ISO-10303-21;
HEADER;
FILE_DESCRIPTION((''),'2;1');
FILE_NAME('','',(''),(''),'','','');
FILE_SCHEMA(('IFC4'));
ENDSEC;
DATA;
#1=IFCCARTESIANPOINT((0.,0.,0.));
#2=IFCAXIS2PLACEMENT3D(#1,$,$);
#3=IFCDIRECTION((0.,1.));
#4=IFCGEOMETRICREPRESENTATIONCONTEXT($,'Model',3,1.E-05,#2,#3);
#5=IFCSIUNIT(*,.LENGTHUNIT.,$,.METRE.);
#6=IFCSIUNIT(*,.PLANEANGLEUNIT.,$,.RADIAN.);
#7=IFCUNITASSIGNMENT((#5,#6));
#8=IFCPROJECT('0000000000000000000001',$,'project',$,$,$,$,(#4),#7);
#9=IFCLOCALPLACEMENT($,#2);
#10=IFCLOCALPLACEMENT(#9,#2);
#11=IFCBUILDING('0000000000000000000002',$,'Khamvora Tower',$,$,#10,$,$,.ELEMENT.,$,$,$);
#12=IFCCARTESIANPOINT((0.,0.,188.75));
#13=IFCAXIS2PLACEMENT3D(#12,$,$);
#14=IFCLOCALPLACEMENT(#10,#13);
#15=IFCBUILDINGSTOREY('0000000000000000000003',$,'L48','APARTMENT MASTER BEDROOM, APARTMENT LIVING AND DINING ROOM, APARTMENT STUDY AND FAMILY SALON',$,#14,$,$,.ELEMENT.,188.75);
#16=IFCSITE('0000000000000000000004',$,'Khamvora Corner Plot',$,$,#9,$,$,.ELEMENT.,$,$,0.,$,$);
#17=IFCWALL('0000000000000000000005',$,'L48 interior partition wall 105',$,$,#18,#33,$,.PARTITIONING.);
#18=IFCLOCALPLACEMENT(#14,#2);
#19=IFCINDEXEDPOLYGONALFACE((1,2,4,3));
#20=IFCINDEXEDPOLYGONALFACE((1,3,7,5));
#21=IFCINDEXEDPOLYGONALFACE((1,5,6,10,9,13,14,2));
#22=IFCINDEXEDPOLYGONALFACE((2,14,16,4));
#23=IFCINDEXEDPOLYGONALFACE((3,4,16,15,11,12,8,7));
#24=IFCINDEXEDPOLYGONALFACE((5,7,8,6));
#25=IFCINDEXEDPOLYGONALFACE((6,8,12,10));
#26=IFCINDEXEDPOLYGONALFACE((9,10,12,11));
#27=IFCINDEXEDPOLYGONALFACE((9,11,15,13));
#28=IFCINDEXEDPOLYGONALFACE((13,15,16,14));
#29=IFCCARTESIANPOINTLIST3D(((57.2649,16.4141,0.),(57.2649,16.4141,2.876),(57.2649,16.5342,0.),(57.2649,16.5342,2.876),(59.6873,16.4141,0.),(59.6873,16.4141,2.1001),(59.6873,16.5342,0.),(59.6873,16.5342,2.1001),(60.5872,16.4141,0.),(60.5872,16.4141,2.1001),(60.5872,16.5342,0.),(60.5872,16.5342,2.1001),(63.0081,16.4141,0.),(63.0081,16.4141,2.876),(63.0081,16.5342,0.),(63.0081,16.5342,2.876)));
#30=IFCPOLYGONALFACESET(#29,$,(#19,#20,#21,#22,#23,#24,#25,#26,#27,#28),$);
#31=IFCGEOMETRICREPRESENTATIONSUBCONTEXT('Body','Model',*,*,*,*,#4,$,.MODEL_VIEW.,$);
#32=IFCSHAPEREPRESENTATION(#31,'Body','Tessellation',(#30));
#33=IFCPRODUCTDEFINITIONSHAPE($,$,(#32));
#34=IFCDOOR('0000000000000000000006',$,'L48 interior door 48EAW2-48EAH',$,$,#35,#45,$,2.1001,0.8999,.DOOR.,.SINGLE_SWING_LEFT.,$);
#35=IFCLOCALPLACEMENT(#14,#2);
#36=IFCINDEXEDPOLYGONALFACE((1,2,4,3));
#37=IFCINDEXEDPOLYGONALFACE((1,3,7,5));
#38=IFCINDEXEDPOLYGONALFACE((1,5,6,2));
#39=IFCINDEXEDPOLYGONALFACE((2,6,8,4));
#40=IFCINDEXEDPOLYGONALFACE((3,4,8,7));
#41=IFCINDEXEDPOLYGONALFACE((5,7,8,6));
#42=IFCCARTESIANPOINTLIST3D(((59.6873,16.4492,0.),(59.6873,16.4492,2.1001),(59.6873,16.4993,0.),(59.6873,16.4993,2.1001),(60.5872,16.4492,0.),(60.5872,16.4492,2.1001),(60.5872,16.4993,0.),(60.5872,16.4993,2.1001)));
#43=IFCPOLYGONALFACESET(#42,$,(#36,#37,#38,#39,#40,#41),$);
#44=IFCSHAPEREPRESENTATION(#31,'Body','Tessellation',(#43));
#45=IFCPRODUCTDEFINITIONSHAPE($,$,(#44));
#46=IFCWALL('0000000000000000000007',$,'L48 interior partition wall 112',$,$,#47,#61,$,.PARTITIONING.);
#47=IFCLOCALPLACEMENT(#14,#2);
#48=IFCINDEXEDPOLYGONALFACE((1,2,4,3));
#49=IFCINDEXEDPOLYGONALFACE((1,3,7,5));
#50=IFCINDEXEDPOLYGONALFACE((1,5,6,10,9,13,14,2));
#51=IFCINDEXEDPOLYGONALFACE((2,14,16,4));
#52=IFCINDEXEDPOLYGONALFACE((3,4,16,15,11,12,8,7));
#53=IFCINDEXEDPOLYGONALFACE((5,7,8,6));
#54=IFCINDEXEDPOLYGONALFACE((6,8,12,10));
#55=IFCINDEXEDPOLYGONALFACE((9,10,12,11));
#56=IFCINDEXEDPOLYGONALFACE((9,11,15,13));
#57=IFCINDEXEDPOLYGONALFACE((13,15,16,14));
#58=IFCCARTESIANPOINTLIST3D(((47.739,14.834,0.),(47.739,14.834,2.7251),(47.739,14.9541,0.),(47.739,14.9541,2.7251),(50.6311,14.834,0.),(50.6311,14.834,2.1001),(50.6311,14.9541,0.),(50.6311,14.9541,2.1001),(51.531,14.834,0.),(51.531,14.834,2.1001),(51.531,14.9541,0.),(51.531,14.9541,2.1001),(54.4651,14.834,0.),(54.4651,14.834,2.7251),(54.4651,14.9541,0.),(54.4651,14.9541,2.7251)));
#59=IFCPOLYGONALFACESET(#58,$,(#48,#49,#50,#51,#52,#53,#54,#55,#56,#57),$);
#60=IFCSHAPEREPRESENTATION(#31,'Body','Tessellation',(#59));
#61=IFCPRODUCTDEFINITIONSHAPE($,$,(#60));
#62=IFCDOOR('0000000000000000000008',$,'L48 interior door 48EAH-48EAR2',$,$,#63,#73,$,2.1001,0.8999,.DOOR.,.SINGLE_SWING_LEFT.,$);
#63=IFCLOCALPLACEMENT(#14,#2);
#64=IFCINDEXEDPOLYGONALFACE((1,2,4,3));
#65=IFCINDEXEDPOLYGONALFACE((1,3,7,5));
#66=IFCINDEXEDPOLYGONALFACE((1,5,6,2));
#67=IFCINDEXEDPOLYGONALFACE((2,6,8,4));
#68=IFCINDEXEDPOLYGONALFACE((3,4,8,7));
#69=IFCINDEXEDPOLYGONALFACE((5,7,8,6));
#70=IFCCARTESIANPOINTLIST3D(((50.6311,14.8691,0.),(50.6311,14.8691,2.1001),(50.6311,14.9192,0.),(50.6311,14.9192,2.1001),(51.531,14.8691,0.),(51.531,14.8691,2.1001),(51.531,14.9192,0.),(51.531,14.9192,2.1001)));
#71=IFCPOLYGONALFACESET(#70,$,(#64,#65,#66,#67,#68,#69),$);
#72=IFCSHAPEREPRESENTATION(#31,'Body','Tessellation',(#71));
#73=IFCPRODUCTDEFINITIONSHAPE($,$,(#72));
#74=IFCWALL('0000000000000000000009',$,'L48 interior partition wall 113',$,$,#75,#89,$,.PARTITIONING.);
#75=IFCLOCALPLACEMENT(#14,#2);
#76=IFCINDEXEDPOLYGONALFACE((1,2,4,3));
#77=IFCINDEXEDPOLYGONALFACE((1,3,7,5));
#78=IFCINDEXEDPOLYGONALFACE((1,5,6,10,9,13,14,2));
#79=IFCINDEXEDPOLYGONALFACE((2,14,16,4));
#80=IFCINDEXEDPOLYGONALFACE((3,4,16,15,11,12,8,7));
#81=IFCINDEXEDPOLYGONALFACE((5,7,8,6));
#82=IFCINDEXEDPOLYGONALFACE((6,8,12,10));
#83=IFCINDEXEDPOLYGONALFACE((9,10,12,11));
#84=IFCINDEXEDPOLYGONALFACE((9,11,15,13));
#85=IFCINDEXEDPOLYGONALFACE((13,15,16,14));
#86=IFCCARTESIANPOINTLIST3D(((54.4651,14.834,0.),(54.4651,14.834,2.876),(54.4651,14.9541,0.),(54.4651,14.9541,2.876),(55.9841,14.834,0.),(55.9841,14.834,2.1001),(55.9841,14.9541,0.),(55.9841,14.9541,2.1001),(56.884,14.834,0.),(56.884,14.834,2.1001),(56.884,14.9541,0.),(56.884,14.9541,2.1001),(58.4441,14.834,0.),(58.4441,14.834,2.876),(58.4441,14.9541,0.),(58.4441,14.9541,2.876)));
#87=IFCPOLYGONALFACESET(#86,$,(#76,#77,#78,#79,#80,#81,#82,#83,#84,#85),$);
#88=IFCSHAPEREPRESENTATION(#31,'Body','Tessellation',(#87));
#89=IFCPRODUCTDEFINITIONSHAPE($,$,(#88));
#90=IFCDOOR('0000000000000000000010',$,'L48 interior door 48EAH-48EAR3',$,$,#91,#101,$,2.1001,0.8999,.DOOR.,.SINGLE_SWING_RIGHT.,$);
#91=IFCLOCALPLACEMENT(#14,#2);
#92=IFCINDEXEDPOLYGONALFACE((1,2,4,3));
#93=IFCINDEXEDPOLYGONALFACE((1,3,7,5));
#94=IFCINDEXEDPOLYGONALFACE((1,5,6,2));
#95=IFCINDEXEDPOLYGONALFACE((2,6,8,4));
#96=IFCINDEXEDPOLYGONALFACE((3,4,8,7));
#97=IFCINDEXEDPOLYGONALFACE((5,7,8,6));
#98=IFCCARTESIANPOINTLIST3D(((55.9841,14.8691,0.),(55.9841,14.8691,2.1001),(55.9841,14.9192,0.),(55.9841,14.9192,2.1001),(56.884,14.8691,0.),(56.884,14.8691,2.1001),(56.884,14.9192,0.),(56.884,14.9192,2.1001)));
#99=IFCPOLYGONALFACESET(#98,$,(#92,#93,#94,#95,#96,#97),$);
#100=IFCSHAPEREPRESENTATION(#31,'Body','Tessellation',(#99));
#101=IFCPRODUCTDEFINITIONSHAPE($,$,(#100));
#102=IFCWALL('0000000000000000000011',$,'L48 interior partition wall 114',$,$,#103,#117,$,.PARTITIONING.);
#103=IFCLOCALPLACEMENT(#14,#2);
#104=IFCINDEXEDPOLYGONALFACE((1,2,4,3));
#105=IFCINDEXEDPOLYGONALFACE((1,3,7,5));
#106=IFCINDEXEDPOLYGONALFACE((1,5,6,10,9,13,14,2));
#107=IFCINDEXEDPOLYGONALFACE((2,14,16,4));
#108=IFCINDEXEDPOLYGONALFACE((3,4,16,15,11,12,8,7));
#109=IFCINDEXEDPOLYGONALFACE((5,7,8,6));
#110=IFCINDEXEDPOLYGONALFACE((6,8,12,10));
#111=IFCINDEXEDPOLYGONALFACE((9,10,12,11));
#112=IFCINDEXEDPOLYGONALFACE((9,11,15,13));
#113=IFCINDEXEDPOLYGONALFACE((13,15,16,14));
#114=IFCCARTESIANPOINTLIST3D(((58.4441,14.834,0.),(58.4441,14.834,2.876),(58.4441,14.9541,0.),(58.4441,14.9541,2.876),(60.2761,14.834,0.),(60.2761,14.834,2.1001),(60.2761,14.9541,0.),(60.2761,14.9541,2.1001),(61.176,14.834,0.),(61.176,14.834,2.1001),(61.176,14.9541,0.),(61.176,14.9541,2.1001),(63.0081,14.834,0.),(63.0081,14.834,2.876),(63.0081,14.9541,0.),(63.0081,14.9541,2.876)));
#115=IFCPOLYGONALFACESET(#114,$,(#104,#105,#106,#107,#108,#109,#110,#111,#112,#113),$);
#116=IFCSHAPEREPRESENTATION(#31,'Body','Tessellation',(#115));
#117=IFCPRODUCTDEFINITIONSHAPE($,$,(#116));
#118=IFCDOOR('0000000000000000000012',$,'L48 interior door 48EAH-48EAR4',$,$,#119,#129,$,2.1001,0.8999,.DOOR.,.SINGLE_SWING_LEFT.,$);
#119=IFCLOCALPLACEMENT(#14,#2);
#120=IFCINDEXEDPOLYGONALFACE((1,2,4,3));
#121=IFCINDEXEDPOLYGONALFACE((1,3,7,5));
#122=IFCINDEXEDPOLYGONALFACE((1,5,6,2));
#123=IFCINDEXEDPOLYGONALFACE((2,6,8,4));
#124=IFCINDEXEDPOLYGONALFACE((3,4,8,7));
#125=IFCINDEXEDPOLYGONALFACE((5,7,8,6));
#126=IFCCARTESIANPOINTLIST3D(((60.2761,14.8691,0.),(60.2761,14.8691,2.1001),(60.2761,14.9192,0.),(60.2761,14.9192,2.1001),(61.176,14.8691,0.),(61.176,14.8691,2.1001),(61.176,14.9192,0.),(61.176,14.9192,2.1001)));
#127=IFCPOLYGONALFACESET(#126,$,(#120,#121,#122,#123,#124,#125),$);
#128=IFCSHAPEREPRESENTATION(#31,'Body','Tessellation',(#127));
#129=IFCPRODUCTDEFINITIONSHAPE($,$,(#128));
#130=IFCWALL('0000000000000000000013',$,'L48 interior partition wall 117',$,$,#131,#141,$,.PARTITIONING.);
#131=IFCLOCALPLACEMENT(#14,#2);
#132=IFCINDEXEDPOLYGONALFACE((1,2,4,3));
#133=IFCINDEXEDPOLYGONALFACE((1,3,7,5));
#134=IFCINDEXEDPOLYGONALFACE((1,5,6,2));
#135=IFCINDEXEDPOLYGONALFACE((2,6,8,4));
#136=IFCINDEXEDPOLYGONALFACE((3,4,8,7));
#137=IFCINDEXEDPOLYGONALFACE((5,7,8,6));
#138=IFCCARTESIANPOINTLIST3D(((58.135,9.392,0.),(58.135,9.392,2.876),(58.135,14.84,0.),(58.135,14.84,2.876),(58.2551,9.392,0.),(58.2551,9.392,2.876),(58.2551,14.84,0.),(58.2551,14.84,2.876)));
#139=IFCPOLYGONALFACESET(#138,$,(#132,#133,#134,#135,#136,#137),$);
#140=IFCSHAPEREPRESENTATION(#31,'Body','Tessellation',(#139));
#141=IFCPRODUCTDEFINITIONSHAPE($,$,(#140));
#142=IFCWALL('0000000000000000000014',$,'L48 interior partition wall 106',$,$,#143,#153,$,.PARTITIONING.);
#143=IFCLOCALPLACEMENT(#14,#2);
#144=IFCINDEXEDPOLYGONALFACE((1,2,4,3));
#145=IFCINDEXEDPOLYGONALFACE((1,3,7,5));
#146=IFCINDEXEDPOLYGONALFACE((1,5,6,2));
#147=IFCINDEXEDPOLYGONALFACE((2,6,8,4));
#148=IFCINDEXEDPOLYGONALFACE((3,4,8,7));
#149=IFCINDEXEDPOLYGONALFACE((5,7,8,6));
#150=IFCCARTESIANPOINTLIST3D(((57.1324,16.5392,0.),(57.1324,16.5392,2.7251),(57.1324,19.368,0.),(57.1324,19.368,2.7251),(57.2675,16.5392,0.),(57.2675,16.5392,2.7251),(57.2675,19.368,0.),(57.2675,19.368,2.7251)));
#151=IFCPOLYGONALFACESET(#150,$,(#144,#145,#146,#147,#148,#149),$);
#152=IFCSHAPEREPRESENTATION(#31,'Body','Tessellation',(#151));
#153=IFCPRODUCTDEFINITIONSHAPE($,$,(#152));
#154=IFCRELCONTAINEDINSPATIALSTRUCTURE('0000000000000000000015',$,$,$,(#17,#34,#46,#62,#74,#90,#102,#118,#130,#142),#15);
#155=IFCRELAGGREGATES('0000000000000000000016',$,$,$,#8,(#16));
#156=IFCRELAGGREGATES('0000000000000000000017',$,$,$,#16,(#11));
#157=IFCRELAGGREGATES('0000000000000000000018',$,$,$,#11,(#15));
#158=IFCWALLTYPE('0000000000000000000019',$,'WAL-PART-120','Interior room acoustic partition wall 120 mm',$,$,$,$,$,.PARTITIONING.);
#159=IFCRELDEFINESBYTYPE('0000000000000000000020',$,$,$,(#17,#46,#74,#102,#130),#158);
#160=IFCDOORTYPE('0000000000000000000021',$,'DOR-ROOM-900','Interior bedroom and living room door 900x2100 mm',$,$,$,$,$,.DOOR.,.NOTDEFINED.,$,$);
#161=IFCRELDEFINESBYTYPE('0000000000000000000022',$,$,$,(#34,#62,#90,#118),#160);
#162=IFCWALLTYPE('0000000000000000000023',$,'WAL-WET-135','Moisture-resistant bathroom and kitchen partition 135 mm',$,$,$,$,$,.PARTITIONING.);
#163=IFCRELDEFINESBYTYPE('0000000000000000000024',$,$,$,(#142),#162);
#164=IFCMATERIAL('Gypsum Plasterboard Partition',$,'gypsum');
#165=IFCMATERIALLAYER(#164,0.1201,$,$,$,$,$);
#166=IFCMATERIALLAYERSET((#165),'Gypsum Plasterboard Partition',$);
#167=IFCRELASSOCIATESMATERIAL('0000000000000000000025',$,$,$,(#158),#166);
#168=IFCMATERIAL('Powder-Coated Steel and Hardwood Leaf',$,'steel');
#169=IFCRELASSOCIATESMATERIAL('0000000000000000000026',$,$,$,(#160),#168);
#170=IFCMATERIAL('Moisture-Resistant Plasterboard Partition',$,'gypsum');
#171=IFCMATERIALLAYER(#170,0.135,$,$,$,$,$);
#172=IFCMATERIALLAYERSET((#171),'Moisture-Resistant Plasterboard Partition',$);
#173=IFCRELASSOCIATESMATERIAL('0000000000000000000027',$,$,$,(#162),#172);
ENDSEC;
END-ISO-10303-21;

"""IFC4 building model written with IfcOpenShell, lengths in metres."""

from ifc_helpers import new_model, si_unit, direction, frame, frame_2d, origin, place, context, subcontext, project, spatial, rectangle, extrude, material, layer, layer_set, type_object, element, fill, save


model = new_model("IFC4")

# Units and contexts
model_context = context("Model", 3, precision=1e-05, world=origin(), true_north=direction((0.0, 1.0)))
body_context = subcontext(model_context, "Body", "Model", "MODEL_VIEW")
ifc_project = project(units=[si_unit("LENGTHUNIT", "METRE"), si_unit("PLANEANGLEUNIT", "RADIAN")], contexts=[model_context])

# Site, building, storey
site_placement = place(None, origin())
site = spatial("IfcSite", under=ifc_project, at=site_placement, Name="Khamvora Corner Plot", CompositionType="ELEMENT", RefElevation=0.0)
building_placement = place(site_placement, origin())
building = spatial("IfcBuilding", under=site, at=building_placement, Name="Khamvora Tower", CompositionType="ELEMENT")
storey_placement = place(building_placement, frame((0.0, 0.0, 188.75)))
storey = spatial("IfcBuildingStorey", under=building, at=storey_placement, Name="L48", Description="APARTMENT MASTER BEDROOM, APARTMENT LIVING AND DINING ROOM, APARTMENT STUDY AND FAMILY SALON", CompositionType="ELEMENT", Elevation=188.75)

# Walls, openings, doors
ifc_material_1 = material(Name="Gypsum Plasterboard Partition", Category="gypsum")
ifc_layer_1 = layer(ifc_material_1, 0.1201)
ifc_layer_set_1 = layer_set([ifc_layer_1], Name="Gypsum Plasterboard Partition")
wall_type_1 = type_object("IfcWallType", Name="WAL-PART-120", Description="Interior room acoustic partition wall 120 mm", PredefinedType="PARTITIONING", material=ifc_layer_set_1)
wall_1_placement = place(storey_placement, frame((63.0081, 16.4741, 0.0), z_axis=(0.0, 0.0, 1.0), x_axis=(-1.0, 0.0, 0.0)))
wall_1 = element("IfcWall", 1, at=wall_1_placement, inside=storey, type_object=wall_type_1, Name="L48 interior partition wall 105", PredefinedType="PARTITIONING", context=body_context, shape_type="SweptSolid", body=[
    extrude(rectangle(XDim=5.7432, YDim=0.1201, at=frame_2d((2.8716, 0.0))), origin(), (0.0, 0.0, 1.0), 2.876),
])
opening_1_placement = place(wall_1_placement, frame((2.4209, 0.0, 0.0)))
opening_1 = element("IfcOpeningElement", 2, at=opening_1_placement, cuts=wall_1, PredefinedType="OPENING", context=body_context, shape_type="SweptSolid", body=[
    extrude(rectangle(XDim=0.8999, YDim=2.1001, at=frame_2d((0.45, 1.05))), frame((0.0, 0.0701, 0.0), z_axis=(0.0, -1.0, 0.0), x_axis=(1.0, 0.0, 0.0)), (0.0, 0.0, 1.0), 0.1401),
])
ifc_material_2 = material(Name="Powder-Coated Steel and Hardwood Leaf", Category="steel")
door_type = type_object("IfcDoorType", Name="DOR-ROOM-900", Description="Interior bedroom and living room door 900x2100 mm", OperationType="NOTDEFINED", PredefinedType="DOOR", material=ifc_material_2)
door_1_placement = place(opening_1_placement, origin())
door_1 = element("IfcDoor", 3, at=door_1_placement, inside=storey, type_object=door_type, Name="L48 interior door 48EAW2-48EAH", OperationType="SINGLE_SWING_LEFT", OverallHeight=2.1001, OverallWidth=0.8999, PredefinedType="DOOR", context=body_context, shape_type="SweptSolid", body=[
    extrude(rectangle(XDim=0.8999, YDim=2.1001, at=frame_2d((0.45, 1.05))), frame((0.0, 0.0249, 0.0), z_axis=(0.0, -1.0, 0.0), x_axis=(1.0, 0.0, 0.0)), (0.0, 0.0, 1.0), 0.05),
])
fill(opening_1, door_1)
wall_2_placement = place(storey_placement, frame((54.4651, 14.894, 0.0), z_axis=(0.0, 0.0, 1.0), x_axis=(-1.0, 0.0, 0.0)))
wall_2 = element("IfcWall", 4, at=wall_2_placement, inside=storey, type_object=wall_type_1, Name="L48 interior partition wall 112", PredefinedType="PARTITIONING", context=body_context, shape_type="SweptSolid", body=[
    extrude(rectangle(XDim=6.7261, YDim=0.1201, at=frame_2d((3.363, 0.0))), origin(), (0.0, 0.0, 1.0), 2.7251),
])
opening_2_placement = place(wall_2_placement, frame((2.9341, 0.0, 0.0)))
opening_2 = element("IfcOpeningElement", 5, at=opening_2_placement, cuts=wall_2, PredefinedType="OPENING", context=body_context, shape_type="SweptSolid", body=[
    extrude(rectangle(XDim=0.8999, YDim=2.1001, at=frame_2d((0.45, 1.05))), frame((0.0, 0.0701, 0.0), z_axis=(0.0, -1.0, 0.0), x_axis=(1.0, 0.0, 0.0)), (0.0, 0.0, 1.0), 0.1401),
])
door_2_placement = place(opening_2_placement, origin())
door_2 = element("IfcDoor", 6, at=door_2_placement, inside=storey, type_object=door_type, Name="L48 interior door 48EAH-48EAR2", OperationType="SINGLE_SWING_LEFT", OverallHeight=2.1001, OverallWidth=0.8999, PredefinedType="DOOR", context=body_context, shape_type="SweptSolid", body=[
    extrude(rectangle(XDim=0.8999, YDim=2.1001, at=frame_2d((0.45, 1.05))), frame((0.0, 0.0249, 0.0), z_axis=(0.0, -1.0, 0.0), x_axis=(1.0, 0.0, 0.0)), (0.0, 0.0, 1.0), 0.05),
])
fill(opening_2, door_2)
wall_3_placement = place(storey_placement, frame((58.4441, 14.894, 0.0), z_axis=(0.0, 0.0, 1.0), x_axis=(-1.0, 0.0, 0.0)))
wall_3 = element("IfcWall", 7, at=wall_3_placement, inside=storey, type_object=wall_type_1, Name="L48 interior partition wall 113", PredefinedType="PARTITIONING", context=body_context, shape_type="SweptSolid", body=[
    extrude(rectangle(XDim=3.979, YDim=0.1201, at=frame_2d((1.9895, 0.0))), origin(), (0.0, 0.0, 1.0), 2.876),
])
opening_3_placement = place(wall_3_placement, frame((1.5601, 0.0, 0.0)))
opening_3 = element("IfcOpeningElement", 8, at=opening_3_placement, cuts=wall_3, PredefinedType="OPENING", context=body_context, shape_type="SweptSolid", body=[
    extrude(rectangle(XDim=0.8999, YDim=2.1001, at=frame_2d((0.45, 1.05))), frame((0.0, 0.0701, 0.0), z_axis=(0.0, -1.0, 0.0), x_axis=(1.0, 0.0, 0.0)), (0.0, 0.0, 1.0), 0.1401),
])
door_3_placement = place(opening_3_placement, origin())
door_3 = element("IfcDoor", 9, at=door_3_placement, inside=storey, type_object=door_type, Name="L48 interior door 48EAH-48EAR3", OperationType="SINGLE_SWING_RIGHT", OverallHeight=2.1001, OverallWidth=0.8999, PredefinedType="DOOR", context=body_context, shape_type="SweptSolid", body=[
    extrude(rectangle(XDim=0.8999, YDim=2.1001, at=frame_2d((0.45, 1.05))), frame((0.0, 0.0249, 0.0), z_axis=(0.0, -1.0, 0.0), x_axis=(1.0, 0.0, 0.0)), (0.0, 0.0, 1.0), 0.05),
])
fill(opening_3, door_3)
wall_4_placement = place(storey_placement, frame((63.0081, 14.894, 0.0), z_axis=(0.0, 0.0, 1.0), x_axis=(-1.0, 0.0, 0.0)))
wall_4 = element("IfcWall", 10, at=wall_4_placement, inside=storey, type_object=wall_type_1, Name="L48 interior partition wall 114", PredefinedType="PARTITIONING", context=body_context, shape_type="SweptSolid", body=[
    extrude(rectangle(XDim=4.564, YDim=0.1201, at=frame_2d((2.282, 0.0))), origin(), (0.0, 0.0, 1.0), 2.876),
])
opening_4_placement = place(wall_4_placement, frame((1.832, 0.0, 0.0)))
opening_4 = element("IfcOpeningElement", 11, at=opening_4_placement, cuts=wall_4, PredefinedType="OPENING", context=body_context, shape_type="SweptSolid", body=[
    extrude(rectangle(XDim=0.8999, YDim=2.1001, at=frame_2d((0.45, 1.05))), frame((0.0, 0.0701, 0.0), z_axis=(0.0, -1.0, 0.0), x_axis=(1.0, 0.0, 0.0)), (0.0, 0.0, 1.0), 0.1401),
])
door_4_placement = place(opening_4_placement, origin())
door_4 = element("IfcDoor", 12, at=door_4_placement, inside=storey, type_object=door_type, Name="L48 interior door 48EAH-48EAR4", OperationType="SINGLE_SWING_LEFT", OverallHeight=2.1001, OverallWidth=0.8999, PredefinedType="DOOR", context=body_context, shape_type="SweptSolid", body=[
    extrude(rectangle(XDim=0.8999, YDim=2.1001, at=frame_2d((0.45, 1.05))), frame((0.0, 0.0249, 0.0), z_axis=(0.0, -1.0, 0.0), x_axis=(1.0, 0.0, 0.0)), (0.0, 0.0, 1.0), 0.05),
])
fill(opening_4, door_4)

# Walls
wall_5_placement = place(storey_placement, frame((58.1951, 14.8401, 0.0), z_axis=(0.0, 0.0, 1.0), x_axis=(0.0, -1.0, 0.0)))
element("IfcWall", 13, at=wall_5_placement, inside=storey, type_object=wall_type_1, Name="L48 interior partition wall 117", PredefinedType="PARTITIONING", context=body_context, shape_type="SweptSolid", body=[
    extrude(rectangle(XDim=5.448, YDim=0.1201, at=frame_2d((2.7241, 0.0))), origin(), (0.0, 0.0, 1.0), 2.876),
])
ifc_material_3 = material(Name="Moisture-Resistant Plasterboard Partition", Category="gypsum")
ifc_layer_2 = layer(ifc_material_3, 0.135)
ifc_layer_set_2 = layer_set([ifc_layer_2], Name="Moisture-Resistant Plasterboard Partition")
wall_type_2 = type_object("IfcWallType", Name="WAL-WET-135", Description="Moisture-resistant bathroom and kitchen partition 135 mm", PredefinedType="PARTITIONING", material=ifc_layer_set_2)
wall_6_placement = place(storey_placement, frame((57.2, 16.5391, 0.0), z_axis=(0.0, 0.0, 1.0), x_axis=(0.0, 1.0, 0.0)))
element("IfcWall", 14, at=wall_6_placement, inside=storey, type_object=wall_type_2, Name="L48 interior partition wall 106", PredefinedType="PARTITIONING", context=body_context, shape_type="SweptSolid", body=[
    extrude(rectangle(XDim=2.8289, YDim=0.135, at=frame_2d((1.4146, 0.0))), origin(), (0.0, 0.0, 1.0), 2.7251),
])

save(model, "model.ifc")
